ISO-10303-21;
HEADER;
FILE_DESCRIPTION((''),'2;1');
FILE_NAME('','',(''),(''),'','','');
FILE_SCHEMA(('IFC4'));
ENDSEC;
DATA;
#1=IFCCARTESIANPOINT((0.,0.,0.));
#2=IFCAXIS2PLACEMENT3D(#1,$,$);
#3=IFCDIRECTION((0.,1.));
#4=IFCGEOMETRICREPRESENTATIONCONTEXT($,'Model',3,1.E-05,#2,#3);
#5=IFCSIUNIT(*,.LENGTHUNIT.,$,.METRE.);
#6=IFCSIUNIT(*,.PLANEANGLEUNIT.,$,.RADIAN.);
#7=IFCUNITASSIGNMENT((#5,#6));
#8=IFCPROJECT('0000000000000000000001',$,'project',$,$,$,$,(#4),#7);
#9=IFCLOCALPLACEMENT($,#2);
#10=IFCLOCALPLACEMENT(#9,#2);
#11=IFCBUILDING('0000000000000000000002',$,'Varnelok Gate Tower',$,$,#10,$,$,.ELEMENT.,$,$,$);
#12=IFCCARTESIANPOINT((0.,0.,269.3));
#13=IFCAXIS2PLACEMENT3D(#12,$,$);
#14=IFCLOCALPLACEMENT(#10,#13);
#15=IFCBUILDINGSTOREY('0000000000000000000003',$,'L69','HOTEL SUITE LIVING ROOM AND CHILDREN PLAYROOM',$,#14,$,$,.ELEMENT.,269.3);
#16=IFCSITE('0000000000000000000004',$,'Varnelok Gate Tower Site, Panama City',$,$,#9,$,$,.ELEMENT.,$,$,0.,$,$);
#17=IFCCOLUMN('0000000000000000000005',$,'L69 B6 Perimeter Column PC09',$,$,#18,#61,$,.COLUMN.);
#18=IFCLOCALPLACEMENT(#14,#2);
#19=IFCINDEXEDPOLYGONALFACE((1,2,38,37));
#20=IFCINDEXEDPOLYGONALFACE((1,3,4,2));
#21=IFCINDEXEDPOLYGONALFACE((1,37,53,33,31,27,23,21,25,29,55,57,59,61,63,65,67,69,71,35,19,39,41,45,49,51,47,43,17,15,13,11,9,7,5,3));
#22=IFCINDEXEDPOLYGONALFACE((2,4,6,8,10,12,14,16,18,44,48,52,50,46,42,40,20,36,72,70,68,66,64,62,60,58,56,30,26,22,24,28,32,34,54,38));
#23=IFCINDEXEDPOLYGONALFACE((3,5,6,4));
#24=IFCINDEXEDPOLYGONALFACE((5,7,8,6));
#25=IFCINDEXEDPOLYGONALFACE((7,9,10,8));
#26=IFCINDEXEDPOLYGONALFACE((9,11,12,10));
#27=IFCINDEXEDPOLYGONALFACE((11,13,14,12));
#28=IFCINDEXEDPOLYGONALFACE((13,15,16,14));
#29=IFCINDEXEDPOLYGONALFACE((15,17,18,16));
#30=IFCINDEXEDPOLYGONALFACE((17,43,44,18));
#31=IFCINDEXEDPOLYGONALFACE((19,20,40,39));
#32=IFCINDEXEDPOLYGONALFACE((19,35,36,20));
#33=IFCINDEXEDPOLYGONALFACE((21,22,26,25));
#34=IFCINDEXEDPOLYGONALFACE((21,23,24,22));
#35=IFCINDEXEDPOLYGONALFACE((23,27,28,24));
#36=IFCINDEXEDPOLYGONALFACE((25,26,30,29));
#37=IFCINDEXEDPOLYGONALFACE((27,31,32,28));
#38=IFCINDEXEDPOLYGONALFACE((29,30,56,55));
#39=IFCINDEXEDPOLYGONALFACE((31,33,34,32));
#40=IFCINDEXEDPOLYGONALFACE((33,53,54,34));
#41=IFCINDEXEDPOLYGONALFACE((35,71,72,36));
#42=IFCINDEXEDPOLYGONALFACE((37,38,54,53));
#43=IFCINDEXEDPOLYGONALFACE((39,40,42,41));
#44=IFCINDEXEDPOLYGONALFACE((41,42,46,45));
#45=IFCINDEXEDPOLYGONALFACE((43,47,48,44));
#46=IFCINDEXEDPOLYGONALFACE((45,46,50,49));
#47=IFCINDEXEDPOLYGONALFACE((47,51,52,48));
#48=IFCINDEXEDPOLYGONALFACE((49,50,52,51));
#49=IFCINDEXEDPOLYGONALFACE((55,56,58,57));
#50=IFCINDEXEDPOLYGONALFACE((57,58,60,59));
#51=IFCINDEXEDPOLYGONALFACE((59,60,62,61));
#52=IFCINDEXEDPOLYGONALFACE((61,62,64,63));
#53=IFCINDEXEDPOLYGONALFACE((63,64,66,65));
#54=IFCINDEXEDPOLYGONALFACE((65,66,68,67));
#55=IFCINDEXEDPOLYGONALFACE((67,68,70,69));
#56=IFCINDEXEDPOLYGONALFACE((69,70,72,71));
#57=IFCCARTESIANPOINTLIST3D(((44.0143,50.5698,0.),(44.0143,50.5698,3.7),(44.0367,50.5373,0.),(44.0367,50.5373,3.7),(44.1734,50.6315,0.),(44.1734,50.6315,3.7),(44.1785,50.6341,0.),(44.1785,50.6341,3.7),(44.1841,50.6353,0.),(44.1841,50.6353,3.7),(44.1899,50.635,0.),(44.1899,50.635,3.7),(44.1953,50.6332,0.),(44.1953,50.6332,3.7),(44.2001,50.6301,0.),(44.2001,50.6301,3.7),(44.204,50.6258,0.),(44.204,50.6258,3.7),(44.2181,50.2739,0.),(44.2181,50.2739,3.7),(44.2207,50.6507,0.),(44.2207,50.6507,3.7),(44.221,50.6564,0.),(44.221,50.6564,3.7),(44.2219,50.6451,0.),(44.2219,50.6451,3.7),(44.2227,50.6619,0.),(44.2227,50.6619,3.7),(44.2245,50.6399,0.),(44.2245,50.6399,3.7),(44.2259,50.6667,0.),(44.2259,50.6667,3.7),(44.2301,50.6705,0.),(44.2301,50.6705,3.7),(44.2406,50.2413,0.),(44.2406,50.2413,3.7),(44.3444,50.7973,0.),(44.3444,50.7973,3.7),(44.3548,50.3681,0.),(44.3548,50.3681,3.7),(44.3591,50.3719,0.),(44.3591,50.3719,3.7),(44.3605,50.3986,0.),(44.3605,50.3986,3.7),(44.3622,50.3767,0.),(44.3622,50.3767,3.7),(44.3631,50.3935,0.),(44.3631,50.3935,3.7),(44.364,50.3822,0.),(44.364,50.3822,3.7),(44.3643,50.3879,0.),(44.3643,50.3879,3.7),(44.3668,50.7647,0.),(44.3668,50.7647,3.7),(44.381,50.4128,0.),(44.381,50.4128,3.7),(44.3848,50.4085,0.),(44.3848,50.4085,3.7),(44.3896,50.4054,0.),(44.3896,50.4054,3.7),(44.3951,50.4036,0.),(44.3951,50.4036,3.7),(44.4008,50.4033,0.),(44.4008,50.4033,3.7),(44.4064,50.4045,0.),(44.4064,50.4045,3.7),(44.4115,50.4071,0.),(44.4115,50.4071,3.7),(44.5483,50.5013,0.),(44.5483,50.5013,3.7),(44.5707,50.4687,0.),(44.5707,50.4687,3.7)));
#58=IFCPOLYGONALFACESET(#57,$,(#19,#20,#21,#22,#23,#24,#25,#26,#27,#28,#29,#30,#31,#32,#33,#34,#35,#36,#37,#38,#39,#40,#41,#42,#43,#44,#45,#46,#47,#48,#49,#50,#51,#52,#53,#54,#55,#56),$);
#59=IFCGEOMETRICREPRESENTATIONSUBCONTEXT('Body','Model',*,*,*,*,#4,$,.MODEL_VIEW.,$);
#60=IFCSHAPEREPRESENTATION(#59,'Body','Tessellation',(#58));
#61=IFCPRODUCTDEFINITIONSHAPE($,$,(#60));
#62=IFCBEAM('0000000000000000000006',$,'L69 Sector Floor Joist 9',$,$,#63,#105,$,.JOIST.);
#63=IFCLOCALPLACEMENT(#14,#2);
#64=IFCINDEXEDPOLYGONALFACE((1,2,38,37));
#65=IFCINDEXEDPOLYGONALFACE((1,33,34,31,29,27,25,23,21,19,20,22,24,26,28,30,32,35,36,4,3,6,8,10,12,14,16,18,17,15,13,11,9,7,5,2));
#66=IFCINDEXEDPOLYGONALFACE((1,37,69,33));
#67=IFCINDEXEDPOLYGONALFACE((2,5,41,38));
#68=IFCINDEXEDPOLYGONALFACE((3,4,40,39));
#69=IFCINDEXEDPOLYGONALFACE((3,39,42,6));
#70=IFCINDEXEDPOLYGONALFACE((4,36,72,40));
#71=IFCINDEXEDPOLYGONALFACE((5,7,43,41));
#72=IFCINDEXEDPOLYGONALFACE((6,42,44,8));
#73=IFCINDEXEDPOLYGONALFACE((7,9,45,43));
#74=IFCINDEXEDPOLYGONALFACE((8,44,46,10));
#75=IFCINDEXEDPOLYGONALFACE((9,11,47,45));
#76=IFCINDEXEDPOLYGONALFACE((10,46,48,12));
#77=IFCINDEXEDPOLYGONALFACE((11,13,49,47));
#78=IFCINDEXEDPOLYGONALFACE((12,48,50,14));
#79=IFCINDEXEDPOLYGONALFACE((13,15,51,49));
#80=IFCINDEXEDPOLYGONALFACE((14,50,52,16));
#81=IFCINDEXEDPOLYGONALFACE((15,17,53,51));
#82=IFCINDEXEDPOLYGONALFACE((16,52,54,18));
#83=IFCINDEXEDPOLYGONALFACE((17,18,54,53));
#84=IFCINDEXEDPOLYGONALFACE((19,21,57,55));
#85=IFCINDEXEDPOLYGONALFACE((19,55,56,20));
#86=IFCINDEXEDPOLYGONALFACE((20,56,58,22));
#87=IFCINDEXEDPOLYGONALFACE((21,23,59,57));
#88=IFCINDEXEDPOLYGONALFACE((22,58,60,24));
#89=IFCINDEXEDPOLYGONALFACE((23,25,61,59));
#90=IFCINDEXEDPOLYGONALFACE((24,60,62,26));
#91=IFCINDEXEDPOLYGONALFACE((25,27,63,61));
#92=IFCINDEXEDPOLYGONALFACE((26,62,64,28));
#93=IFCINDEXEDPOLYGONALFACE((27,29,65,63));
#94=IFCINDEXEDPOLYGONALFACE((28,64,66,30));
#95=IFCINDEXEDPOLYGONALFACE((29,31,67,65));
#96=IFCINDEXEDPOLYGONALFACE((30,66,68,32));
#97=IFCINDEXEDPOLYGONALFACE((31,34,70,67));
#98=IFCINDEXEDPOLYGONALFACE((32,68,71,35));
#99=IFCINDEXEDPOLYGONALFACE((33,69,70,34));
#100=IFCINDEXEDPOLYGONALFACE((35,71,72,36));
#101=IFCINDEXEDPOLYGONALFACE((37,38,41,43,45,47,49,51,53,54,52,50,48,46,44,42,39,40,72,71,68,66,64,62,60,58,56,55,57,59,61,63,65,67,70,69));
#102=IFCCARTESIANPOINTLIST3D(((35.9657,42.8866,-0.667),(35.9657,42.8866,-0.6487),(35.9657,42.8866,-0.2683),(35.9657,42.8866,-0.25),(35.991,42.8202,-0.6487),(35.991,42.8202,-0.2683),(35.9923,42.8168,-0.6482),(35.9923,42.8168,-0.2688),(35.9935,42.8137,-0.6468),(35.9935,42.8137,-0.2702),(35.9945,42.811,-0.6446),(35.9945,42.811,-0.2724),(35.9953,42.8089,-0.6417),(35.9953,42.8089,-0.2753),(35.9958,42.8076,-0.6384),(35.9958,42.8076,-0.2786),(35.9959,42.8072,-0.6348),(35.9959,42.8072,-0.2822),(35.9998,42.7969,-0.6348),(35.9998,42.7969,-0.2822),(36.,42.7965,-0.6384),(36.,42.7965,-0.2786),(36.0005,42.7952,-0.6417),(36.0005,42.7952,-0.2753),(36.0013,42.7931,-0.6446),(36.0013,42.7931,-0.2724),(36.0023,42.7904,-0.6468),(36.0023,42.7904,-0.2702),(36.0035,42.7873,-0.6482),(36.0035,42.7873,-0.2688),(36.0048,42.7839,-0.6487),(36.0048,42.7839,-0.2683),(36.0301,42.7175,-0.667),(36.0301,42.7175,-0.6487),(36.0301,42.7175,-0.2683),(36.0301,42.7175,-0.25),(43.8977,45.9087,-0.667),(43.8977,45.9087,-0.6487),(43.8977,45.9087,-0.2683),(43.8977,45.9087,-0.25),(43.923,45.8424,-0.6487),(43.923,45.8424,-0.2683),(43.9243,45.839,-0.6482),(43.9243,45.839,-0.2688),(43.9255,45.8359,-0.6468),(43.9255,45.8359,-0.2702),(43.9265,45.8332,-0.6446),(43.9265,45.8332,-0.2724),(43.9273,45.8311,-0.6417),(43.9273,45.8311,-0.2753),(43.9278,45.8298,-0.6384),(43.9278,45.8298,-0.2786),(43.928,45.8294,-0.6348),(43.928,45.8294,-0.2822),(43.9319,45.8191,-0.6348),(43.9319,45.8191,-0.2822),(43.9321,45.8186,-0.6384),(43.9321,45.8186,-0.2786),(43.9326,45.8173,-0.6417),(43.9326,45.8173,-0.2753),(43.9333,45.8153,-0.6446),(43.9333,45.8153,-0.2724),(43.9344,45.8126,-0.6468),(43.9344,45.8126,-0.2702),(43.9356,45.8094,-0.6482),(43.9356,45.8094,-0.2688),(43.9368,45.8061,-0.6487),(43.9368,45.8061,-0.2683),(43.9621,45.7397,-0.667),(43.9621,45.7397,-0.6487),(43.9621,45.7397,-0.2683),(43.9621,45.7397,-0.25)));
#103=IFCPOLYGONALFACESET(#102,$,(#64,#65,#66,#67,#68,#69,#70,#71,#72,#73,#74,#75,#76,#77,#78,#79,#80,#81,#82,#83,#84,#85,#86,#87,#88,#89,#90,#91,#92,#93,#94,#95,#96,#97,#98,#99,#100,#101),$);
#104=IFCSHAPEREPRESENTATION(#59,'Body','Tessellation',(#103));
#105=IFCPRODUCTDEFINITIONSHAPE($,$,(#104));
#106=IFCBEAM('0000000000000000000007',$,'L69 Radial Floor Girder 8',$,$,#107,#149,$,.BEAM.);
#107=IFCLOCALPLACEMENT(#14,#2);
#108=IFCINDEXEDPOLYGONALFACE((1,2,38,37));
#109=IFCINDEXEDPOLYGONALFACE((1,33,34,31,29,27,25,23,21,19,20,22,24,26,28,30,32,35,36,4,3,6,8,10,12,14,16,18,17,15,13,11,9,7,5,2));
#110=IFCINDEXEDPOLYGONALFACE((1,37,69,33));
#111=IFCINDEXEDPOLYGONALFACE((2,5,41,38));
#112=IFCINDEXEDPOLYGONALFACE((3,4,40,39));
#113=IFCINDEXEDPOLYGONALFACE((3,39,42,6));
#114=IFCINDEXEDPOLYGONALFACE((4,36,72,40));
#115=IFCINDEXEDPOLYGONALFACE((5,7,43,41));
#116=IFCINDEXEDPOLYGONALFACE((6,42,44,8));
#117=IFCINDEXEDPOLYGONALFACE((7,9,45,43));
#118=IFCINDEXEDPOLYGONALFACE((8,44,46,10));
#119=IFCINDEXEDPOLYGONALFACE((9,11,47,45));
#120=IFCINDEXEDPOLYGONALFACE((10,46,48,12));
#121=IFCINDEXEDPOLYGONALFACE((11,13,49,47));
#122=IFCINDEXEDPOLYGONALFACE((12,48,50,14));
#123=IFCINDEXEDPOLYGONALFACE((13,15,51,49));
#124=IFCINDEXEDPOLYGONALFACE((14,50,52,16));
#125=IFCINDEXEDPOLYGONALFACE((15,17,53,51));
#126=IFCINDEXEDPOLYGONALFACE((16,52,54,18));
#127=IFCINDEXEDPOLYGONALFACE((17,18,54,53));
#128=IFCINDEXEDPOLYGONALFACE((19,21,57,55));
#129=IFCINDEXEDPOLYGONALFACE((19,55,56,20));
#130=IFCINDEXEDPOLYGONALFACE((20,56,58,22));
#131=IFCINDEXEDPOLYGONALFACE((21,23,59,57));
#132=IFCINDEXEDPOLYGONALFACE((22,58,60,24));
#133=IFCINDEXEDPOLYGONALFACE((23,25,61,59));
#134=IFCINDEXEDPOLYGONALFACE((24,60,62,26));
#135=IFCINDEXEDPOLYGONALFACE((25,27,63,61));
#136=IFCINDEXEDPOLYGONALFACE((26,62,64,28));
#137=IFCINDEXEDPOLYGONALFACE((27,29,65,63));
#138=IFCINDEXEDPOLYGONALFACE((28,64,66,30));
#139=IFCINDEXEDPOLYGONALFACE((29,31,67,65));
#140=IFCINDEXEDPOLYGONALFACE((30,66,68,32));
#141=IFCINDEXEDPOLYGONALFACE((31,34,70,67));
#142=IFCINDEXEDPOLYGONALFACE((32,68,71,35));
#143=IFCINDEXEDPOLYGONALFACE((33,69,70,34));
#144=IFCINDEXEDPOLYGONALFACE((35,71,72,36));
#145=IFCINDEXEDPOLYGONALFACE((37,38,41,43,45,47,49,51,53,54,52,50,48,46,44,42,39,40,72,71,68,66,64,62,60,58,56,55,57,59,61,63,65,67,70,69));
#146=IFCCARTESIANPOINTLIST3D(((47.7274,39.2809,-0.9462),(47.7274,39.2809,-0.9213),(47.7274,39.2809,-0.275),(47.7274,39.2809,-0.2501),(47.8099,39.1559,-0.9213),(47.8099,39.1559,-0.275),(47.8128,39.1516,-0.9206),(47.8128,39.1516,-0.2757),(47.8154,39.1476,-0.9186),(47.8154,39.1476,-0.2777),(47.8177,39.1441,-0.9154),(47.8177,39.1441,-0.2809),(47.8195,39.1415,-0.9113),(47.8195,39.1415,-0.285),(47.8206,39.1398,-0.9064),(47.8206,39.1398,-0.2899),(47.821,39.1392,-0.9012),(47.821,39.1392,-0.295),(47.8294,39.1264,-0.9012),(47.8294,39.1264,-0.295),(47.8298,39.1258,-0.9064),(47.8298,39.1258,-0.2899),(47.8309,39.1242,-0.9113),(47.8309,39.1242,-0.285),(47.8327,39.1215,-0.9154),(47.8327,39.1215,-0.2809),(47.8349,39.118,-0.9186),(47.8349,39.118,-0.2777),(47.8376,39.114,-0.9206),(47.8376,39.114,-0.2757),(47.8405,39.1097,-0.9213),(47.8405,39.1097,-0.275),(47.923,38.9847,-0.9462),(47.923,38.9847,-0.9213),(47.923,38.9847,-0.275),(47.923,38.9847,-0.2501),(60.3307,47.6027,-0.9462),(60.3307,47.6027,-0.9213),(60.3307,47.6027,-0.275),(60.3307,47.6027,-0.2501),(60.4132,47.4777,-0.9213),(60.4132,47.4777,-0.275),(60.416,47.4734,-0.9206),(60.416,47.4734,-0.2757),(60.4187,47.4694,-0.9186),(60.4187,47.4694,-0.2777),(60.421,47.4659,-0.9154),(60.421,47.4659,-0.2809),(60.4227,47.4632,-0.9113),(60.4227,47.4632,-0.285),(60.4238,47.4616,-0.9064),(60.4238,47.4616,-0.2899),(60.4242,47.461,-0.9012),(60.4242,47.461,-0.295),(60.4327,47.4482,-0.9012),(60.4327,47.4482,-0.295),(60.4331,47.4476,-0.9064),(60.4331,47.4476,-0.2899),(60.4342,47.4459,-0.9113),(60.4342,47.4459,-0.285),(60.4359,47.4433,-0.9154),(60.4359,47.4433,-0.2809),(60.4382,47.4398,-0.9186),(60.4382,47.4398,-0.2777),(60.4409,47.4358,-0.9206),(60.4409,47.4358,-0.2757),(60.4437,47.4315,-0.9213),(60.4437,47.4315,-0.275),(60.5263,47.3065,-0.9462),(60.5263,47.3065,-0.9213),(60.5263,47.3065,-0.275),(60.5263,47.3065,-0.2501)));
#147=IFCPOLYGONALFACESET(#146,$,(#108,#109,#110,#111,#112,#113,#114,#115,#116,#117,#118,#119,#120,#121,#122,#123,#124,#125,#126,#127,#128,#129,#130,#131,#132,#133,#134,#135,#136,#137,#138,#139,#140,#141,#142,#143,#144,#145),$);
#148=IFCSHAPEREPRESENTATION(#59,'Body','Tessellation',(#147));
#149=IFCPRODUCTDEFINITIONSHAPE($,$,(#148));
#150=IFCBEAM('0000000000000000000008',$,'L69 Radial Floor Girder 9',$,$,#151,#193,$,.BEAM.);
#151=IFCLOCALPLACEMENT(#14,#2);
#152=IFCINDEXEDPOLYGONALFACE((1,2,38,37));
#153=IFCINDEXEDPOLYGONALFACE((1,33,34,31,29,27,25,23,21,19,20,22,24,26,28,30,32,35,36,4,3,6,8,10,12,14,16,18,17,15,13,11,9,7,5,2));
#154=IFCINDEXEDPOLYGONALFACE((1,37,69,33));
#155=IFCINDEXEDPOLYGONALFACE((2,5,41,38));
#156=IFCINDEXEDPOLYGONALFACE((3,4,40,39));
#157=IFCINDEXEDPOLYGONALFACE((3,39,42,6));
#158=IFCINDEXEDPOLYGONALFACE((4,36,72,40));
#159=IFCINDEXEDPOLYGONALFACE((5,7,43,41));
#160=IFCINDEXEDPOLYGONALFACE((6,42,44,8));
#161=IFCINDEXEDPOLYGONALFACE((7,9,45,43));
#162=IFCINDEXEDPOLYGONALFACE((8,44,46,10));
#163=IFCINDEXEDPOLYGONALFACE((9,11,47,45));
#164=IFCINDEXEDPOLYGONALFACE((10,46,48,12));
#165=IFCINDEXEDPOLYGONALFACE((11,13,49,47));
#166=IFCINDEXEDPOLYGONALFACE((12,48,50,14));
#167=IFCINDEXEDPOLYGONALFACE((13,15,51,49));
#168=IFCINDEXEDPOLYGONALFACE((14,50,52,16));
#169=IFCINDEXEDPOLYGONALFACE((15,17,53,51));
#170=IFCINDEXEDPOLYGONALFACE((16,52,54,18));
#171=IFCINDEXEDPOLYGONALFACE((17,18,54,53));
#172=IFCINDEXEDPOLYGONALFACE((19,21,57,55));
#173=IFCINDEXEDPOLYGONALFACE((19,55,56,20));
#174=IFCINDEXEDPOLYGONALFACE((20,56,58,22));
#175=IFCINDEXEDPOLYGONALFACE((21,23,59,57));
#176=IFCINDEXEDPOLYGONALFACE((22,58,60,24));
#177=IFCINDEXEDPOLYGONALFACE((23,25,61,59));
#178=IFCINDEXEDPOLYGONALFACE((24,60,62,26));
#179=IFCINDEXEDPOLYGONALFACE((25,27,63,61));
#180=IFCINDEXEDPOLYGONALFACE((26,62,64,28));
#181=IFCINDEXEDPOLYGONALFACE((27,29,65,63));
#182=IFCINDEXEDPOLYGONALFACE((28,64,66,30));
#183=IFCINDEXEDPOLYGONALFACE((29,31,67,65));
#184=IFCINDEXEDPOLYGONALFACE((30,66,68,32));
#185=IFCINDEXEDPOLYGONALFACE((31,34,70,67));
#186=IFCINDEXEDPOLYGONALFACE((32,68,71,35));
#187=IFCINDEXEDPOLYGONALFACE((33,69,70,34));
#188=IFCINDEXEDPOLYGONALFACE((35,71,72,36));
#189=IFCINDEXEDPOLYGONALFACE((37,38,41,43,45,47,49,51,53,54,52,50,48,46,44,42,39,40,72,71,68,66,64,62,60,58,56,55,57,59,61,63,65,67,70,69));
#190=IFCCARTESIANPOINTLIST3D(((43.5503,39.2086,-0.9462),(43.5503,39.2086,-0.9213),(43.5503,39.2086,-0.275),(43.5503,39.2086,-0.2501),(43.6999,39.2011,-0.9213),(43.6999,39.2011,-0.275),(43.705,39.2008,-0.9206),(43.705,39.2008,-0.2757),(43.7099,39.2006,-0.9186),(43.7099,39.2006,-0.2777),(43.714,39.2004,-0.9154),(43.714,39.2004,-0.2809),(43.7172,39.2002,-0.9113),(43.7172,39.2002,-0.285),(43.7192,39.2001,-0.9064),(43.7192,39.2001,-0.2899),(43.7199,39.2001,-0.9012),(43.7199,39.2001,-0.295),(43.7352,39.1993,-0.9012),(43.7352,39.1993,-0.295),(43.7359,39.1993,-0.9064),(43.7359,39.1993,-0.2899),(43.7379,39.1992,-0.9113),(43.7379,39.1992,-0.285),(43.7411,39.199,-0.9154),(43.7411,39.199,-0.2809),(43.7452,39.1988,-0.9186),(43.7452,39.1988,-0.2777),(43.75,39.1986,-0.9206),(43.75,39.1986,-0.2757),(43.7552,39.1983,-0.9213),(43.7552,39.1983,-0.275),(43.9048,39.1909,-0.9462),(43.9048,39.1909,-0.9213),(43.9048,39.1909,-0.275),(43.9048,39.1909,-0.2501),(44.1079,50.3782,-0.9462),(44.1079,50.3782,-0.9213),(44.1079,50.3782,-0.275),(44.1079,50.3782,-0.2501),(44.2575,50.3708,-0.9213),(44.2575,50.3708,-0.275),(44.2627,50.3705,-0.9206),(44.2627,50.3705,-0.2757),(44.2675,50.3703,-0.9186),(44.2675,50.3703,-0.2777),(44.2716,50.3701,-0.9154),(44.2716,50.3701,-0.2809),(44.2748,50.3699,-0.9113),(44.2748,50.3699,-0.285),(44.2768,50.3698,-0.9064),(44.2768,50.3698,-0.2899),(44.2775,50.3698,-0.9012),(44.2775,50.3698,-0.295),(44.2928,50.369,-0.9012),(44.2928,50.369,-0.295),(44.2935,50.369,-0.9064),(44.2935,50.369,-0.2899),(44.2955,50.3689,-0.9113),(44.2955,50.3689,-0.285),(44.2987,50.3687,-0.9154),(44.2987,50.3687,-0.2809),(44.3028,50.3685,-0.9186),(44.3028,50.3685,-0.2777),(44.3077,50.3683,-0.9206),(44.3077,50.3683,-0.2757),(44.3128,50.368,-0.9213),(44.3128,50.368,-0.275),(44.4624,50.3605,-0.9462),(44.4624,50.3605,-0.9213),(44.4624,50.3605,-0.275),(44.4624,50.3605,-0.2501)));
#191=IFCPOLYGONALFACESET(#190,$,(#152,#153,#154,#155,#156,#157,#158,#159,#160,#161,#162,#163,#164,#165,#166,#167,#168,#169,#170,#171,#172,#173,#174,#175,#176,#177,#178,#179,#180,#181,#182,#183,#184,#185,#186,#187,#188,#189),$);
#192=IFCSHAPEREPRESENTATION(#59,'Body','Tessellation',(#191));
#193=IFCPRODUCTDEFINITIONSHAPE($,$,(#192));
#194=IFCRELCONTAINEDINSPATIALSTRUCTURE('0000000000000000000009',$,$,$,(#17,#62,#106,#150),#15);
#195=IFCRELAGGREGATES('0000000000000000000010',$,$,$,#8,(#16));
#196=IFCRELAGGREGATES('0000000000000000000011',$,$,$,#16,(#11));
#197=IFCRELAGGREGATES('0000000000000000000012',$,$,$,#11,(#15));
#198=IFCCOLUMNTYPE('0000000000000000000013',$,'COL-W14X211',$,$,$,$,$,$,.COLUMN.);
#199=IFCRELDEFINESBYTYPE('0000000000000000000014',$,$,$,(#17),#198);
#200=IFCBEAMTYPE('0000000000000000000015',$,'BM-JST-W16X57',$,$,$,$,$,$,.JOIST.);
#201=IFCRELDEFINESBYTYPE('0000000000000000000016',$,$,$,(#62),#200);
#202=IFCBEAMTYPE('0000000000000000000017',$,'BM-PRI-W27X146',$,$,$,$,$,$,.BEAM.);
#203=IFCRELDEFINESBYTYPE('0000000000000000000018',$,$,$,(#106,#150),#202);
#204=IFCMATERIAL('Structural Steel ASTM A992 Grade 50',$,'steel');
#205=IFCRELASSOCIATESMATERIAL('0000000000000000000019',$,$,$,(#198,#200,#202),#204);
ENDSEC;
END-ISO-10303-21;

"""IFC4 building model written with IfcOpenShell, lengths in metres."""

from ifc_helpers import new_model, si_unit, direction, frame, origin, origin_2d, place, context, subcontext, project, spatial, i_section, extrude, material, material_profile, profile_set, type_object, element, save


model = new_model("IFC4")

# Units and contexts
model_context = context("Model", 3, precision=1e-05, world=origin(), true_north=direction((0.0, 1.0)))
body_context = subcontext(model_context, "Body", "Model", "MODEL_VIEW")
ifc_project = project(units=[si_unit("LENGTHUNIT", "METRE"), si_unit("PLANEANGLEUNIT", "RADIAN")], contexts=[model_context])

# Site, building, storey
site_placement = place(None, origin())
site = spatial("IfcSite", under=ifc_project, at=site_placement, Name="Varnelok Gate Tower Site, Panama City", CompositionType="ELEMENT", RefElevation=0.0)
building_placement = place(site_placement, origin())
building = spatial("IfcBuilding", under=site, at=building_placement, Name="Varnelok Gate Tower", CompositionType="ELEMENT")
storey_placement = place(building_placement, frame((0.0, 0.0, 269.3)))
storey = spatial("IfcBuildingStorey", under=building, at=storey_placement, Name="L69", Description="HOTEL SUITE LIVING ROOM AND CHILDREN PLAYROOM", CompositionType="ELEMENT", Elevation=269.3)

# Column
ifc_material_1 = material(Name="Structural Steel ASTM A992 Grade 50", Category="steel")
ifc_material_profile_1 = material_profile(ifc_material_1, i_section(OverallWidth=0.4009, OverallDepth=0.3989, WebThickness=0.0249, FlangeThickness=0.0396, FilletRadius=0.022, at=origin_2d()), Name="W14X211")
ifc_profile_set_1 = profile_set([ifc_material_profile_1], Name="Structural Steel ASTM A992 Grade 50")
column_type = type_object("IfcColumnType", Name="COL-W14X211", PredefinedType="COLUMN", material=ifc_profile_set_1)
column_placement = place(storey_placement, frame((44.2925, 50.5193, 0.0), z_axis=(0.0, 0.0, 1.0), x_axis=(0.823533, 0.567269, 0.0)))
element("IfcColumn", 1, at=column_placement, inside=storey, type_object=column_type, Name="L69 B6 Perimeter Column PC09", PredefinedType="COLUMN", context=body_context, shape_type="SweptSolid", body=[
    extrude(i_section(OverallWidth=0.4009, OverallDepth=0.3989, WebThickness=0.0249, FlangeThickness=0.0396, FilletRadius=0.022, at=origin_2d()), origin(), (0.0, 0.0, 1.0), 3.7),
])

# Beams
ifc_material_profile_2 = material_profile(ifc_material_1, i_section(OverallWidth=0.1809, OverallDepth=0.417, WebThickness=0.011, FlangeThickness=0.0183, FilletRadius=0.0139, at=origin_2d()), Name="W16X57")
ifc_profile_set_2 = profile_set([ifc_material_profile_2], Name="Structural Steel ASTM A992 Grade 50")
beam_type_1 = type_object("IfcBeamType", Name="BM-JST-W16X57", PredefinedType="JOIST", material=ifc_profile_set_2)
beam_1_placement = place(storey_placement, frame((43.9299, 45.8242, -0.4585), z_axis=(-0.93447, -0.356042, 0.0), x_axis=(0.356042, -0.93447, 0.0)))
element("IfcBeam", 2, at=beam_1_placement, inside=storey, type_object=beam_type_1, Name="L69 Sector Floor Joist 9", PredefinedType="JOIST", context=body_context, shape_type="SweptSolid", body=[
    extrude(i_section(OverallWidth=0.1809, OverallDepth=0.417, WebThickness=0.011, FlangeThickness=0.0183, FilletRadius=0.0139, at=origin_2d()), origin(), (0.0, 0.0, 1.0), 8.4883),
])
ifc_material_profile_3 = material_profile(ifc_material_1, i_section(OverallWidth=0.355, OverallDepth=0.696, WebThickness=0.0154, FlangeThickness=0.0249, FilletRadius=0.02, at=origin_2d()), Name="W27X146")
ifc_profile_set_3 = profile_set([ifc_material_profile_3], Name="Structural Steel ASTM A992 Grade 50")
beam_type_2 = type_object("IfcBeamType", Name="BM-PRI-W27X146", PredefinedType="BEAM", material=ifc_profile_set_3)
beam_2_placement = place(storey_placement, frame((47.8252, 39.1328, -0.5981), z_axis=(0.834499, 0.551009, 0.0), x_axis=(-0.551009, 0.834499, 0.0)))
element("IfcBeam", 3, at=beam_2_placement, inside=storey, type_object=beam_type_2, Name="L69 Radial Floor Girder 8", PredefinedType="BEAM", context=body_context, shape_type="SweptSolid", body=[
    extrude(i_section(OverallWidth=0.355, OverallDepth=0.696, WebThickness=0.0154, FlangeThickness=0.0249, FilletRadius=0.02, at=origin_2d()), origin(), (0.0, 0.0, 1.0), 15.1028),
])
beam_3_placement = place(storey_placement, frame((43.7275, 39.1997, -0.5981), z_axis=(0.04986, 0.998756, 0.0), x_axis=(-0.998756, 0.04986, 0.0)))
element("IfcBeam", 4, at=beam_3_placement, inside=storey, type_object=beam_type_2, Name="L69 Radial Floor Girder 9", PredefinedType="BEAM", context=body_context, shape_type="SweptSolid", body=[
    extrude(i_section(OverallWidth=0.355, OverallDepth=0.696, WebThickness=0.0154, FlangeThickness=0.0249, FilletRadius=0.02, at=origin_2d()), origin(), (0.0, 0.0, 1.0), 11.1836),
])

save(model, "model.ifc")
